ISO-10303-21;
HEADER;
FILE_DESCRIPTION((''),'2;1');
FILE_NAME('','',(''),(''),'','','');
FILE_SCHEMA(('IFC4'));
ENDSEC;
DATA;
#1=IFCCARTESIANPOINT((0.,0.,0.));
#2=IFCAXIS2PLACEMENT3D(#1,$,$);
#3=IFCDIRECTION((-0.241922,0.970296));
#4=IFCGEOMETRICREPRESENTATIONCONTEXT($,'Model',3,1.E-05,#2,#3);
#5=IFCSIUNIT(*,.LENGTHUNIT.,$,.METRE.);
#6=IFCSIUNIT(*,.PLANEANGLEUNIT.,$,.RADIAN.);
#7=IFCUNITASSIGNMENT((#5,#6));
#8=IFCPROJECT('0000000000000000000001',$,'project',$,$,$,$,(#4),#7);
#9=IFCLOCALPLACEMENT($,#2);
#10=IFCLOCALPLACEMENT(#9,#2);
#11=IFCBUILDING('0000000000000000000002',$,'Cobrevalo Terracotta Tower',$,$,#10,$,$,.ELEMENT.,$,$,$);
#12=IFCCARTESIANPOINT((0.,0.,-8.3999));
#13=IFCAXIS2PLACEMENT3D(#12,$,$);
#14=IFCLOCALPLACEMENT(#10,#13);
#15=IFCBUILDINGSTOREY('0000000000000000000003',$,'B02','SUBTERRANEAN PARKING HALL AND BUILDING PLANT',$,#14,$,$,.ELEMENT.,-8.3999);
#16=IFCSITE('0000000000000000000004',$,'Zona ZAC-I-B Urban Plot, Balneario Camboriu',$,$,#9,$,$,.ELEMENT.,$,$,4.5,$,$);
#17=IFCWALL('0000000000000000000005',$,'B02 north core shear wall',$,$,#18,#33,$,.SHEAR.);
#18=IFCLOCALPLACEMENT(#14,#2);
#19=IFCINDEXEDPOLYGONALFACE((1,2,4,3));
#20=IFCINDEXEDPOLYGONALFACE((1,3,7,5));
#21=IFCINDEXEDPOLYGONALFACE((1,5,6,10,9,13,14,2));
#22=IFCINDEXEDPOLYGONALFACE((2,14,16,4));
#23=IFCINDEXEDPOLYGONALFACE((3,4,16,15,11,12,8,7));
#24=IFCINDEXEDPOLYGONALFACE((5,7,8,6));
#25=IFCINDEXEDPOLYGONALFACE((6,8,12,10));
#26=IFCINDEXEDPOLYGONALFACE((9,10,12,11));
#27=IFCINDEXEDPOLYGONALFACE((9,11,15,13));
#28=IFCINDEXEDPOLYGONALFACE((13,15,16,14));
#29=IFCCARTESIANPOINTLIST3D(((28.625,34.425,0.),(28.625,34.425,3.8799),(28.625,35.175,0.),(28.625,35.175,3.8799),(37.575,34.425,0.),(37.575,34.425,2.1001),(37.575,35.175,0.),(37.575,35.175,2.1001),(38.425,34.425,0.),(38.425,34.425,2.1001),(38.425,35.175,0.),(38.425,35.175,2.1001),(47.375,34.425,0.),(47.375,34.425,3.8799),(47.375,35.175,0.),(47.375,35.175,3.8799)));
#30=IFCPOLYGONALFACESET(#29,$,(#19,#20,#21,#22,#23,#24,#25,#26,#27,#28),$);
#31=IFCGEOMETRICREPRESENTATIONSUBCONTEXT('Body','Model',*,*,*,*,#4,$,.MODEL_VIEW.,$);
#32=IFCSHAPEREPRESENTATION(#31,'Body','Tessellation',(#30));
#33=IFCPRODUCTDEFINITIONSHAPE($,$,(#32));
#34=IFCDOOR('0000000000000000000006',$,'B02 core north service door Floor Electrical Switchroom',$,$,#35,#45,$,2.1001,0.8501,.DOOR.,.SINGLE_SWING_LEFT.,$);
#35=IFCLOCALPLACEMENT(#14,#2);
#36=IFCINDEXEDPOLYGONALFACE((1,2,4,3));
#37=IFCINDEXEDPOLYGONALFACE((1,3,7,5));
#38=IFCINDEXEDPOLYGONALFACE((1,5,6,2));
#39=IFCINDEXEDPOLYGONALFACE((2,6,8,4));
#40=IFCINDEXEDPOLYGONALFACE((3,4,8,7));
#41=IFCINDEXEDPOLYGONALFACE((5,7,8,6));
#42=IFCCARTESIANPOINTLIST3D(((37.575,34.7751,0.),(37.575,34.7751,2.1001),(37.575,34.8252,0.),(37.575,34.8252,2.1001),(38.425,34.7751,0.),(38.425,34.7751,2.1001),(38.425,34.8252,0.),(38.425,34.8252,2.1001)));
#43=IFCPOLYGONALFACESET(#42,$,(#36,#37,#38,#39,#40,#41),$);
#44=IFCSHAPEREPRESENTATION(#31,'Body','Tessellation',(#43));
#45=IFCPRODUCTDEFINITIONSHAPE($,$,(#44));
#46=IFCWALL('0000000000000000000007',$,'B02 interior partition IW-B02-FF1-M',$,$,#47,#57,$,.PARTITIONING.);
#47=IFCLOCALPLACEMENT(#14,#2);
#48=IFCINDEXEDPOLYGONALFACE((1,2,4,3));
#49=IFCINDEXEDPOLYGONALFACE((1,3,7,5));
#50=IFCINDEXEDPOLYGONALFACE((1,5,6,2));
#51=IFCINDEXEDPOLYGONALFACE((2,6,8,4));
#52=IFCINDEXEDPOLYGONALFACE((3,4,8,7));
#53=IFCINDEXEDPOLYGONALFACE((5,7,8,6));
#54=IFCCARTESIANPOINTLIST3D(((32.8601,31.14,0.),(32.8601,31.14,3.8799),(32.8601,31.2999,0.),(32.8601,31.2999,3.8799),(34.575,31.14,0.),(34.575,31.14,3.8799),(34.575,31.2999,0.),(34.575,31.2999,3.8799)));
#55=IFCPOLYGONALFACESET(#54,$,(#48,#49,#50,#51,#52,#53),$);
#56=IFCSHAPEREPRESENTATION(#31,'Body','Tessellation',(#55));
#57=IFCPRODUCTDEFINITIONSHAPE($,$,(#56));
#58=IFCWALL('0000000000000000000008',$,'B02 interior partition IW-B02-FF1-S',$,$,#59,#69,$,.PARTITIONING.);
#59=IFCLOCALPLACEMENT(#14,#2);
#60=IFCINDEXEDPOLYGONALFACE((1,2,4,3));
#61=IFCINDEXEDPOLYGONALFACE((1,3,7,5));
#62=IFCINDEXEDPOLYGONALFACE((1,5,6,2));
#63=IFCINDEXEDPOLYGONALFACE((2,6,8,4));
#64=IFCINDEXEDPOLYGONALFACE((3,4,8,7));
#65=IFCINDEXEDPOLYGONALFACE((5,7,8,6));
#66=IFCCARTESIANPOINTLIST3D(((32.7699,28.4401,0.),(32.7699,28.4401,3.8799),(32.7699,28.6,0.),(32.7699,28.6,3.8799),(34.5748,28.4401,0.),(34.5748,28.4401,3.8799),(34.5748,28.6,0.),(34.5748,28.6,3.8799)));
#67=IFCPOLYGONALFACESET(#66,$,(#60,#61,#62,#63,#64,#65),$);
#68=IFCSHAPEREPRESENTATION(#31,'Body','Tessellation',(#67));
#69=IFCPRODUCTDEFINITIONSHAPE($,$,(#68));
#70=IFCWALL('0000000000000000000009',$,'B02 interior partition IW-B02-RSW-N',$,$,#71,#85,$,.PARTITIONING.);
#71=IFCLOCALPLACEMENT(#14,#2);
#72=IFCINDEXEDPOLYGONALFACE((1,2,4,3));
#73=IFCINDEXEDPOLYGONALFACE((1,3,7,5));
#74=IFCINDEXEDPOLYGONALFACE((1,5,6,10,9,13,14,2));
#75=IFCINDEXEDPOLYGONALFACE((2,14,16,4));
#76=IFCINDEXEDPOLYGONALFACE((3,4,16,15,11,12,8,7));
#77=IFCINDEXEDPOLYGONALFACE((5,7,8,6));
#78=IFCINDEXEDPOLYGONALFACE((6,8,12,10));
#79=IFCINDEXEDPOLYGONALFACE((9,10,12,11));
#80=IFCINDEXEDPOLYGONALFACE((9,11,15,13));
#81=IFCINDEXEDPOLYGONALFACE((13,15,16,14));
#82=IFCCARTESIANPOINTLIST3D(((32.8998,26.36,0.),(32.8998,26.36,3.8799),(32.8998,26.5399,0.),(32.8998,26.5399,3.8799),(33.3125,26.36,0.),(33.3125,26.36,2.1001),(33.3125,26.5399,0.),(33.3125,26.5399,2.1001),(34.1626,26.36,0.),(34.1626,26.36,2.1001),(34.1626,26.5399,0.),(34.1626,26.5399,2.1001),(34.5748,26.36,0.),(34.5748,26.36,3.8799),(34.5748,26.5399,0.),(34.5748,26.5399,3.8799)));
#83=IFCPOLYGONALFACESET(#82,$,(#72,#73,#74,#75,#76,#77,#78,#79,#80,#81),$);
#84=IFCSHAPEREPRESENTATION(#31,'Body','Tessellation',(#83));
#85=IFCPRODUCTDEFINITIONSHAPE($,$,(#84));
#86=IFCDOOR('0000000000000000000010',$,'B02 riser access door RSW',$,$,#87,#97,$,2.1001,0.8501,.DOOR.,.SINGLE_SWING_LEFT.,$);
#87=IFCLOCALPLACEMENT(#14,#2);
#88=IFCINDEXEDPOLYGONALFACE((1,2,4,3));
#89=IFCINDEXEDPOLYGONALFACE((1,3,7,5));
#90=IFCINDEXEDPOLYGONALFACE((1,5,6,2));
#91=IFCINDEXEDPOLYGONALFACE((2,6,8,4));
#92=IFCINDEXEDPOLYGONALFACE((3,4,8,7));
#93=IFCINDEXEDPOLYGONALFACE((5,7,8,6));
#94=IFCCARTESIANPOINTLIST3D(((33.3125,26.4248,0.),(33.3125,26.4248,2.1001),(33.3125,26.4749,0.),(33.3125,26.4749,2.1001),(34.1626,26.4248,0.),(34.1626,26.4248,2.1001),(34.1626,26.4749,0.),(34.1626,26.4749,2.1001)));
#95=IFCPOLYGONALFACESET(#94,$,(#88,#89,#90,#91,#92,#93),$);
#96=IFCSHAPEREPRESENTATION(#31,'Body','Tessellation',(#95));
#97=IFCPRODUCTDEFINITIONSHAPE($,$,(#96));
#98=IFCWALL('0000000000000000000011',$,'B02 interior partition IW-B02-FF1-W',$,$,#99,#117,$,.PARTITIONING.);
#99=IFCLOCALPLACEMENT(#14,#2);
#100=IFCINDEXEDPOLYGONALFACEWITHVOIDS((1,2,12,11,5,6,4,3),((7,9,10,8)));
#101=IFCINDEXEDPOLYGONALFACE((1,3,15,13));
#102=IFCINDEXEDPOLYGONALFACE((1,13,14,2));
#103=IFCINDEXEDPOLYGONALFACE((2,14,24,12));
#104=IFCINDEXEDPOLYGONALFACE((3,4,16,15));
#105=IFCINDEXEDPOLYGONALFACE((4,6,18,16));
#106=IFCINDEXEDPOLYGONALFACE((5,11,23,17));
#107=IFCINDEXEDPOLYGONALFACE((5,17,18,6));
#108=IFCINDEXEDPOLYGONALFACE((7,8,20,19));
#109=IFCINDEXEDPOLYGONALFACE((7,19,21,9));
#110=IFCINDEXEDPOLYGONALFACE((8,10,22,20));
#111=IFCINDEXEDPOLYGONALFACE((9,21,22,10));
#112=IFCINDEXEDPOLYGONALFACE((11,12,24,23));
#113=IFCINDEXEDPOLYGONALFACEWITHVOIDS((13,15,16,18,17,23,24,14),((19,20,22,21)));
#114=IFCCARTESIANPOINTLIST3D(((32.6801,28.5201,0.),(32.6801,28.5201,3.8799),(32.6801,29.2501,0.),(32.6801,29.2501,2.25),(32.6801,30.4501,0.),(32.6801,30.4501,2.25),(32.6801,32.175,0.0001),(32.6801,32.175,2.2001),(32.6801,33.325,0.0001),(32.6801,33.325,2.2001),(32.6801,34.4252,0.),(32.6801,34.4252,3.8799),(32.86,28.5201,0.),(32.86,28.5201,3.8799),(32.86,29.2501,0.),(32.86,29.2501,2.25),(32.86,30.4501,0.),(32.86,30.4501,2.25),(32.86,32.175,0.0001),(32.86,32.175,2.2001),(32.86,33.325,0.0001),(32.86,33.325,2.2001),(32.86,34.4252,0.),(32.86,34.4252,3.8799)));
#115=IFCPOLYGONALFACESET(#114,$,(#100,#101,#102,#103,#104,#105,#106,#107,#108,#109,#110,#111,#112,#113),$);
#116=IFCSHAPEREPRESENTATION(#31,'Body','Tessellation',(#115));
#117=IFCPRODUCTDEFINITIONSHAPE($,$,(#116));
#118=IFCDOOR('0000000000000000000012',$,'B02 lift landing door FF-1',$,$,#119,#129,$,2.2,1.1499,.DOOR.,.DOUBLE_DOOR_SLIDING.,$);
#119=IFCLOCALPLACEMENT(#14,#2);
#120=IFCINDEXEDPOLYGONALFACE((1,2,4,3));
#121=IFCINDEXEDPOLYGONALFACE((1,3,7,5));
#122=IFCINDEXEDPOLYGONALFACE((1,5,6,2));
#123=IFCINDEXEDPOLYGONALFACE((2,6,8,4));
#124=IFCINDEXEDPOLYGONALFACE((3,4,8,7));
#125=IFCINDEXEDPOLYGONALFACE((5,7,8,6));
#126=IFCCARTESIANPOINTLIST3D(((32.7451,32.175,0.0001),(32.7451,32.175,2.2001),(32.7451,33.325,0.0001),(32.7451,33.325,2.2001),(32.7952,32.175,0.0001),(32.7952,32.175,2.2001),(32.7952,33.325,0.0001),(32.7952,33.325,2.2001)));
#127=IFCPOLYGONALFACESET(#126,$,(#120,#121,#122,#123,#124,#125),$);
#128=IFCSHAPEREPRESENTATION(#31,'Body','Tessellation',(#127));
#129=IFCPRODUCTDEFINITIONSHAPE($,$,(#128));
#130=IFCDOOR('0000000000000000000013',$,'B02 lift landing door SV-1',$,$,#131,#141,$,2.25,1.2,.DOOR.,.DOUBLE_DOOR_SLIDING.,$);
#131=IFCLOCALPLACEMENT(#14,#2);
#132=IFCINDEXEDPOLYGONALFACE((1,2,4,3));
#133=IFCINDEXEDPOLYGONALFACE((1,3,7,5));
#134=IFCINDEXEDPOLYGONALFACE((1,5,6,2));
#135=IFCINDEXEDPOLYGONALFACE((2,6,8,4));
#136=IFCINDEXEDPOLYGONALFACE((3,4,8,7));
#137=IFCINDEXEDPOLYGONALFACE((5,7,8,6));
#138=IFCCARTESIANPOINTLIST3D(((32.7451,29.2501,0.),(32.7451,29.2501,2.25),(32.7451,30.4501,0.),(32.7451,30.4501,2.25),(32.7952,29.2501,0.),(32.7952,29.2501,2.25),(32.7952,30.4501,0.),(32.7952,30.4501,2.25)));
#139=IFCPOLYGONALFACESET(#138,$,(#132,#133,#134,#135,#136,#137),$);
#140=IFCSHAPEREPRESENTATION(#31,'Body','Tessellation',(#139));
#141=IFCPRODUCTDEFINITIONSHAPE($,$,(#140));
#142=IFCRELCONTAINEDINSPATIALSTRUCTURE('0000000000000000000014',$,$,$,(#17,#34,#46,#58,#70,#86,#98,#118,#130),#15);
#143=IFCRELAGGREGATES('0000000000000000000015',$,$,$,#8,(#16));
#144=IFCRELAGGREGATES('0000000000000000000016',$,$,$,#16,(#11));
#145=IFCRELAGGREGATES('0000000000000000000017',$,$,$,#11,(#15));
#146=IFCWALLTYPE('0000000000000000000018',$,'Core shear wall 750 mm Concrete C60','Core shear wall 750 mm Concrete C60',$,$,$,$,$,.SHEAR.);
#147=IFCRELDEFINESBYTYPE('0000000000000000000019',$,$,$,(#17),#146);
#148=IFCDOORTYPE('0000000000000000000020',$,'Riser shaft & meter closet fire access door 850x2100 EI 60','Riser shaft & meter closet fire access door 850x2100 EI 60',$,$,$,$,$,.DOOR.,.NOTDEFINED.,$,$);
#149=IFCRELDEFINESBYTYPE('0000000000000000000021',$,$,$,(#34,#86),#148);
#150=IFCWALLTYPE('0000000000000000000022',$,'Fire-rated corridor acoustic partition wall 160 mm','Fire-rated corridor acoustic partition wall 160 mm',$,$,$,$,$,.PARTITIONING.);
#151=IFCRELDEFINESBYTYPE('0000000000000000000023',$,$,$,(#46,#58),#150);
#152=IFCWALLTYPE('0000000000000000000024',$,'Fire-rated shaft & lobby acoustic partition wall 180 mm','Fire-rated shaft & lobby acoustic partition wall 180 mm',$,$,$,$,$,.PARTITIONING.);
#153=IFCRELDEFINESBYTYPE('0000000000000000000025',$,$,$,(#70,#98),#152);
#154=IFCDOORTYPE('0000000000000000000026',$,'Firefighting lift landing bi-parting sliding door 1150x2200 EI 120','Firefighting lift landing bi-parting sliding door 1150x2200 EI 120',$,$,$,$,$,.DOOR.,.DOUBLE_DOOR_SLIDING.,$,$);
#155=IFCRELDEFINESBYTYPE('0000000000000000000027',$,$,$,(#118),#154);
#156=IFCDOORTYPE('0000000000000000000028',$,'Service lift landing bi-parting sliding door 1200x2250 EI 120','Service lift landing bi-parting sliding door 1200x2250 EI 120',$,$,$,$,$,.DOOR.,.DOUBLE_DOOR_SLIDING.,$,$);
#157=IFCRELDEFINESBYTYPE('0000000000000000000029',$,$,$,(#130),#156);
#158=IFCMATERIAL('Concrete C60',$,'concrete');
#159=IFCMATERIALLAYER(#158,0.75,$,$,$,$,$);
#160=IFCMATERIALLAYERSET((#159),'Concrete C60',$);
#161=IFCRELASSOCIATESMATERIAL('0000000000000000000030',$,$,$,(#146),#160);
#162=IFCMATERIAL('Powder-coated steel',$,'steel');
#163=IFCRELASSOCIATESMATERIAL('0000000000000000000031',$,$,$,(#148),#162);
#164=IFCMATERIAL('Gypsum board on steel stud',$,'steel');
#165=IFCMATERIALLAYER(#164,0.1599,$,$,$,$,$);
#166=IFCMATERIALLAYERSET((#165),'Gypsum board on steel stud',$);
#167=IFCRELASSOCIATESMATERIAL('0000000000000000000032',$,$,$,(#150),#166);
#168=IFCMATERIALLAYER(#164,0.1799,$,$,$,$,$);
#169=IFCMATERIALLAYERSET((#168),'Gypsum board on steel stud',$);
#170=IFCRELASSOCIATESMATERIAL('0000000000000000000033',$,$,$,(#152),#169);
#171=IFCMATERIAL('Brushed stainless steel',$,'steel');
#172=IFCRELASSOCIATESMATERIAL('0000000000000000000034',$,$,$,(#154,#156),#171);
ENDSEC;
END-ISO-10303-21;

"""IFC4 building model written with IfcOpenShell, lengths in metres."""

from ifc_helpers import new_model, si_unit, direction, frame, frame_2d, origin, place, context, subcontext, project, spatial, rectangle, extrude, source, transform, mapped, material, layer, layer_set, type_object, element, fill, save


model = new_model("IFC4")

# Units and contexts
model_context = context("Model", 3, precision=1e-05, world=origin(), true_north=direction((-0.241922, 0.970296)))
body_context = subcontext(model_context, "Body", "Model", "MODEL_VIEW")
ifc_project = project(units=[si_unit("LENGTHUNIT", "METRE"), si_unit("PLANEANGLEUNIT", "RADIAN")], contexts=[model_context])

# Site, building, storey
site_placement = place(None, origin())
site = spatial("IfcSite", under=ifc_project, at=site_placement, Name="Zona ZAC-I-B Urban Plot, Balneario Camboriu", CompositionType="ELEMENT", RefElevation=4.5)
building_placement = place(site_placement, origin())
building = spatial("IfcBuilding", under=site, at=building_placement, Name="Cobrevalo Terracotta Tower", CompositionType="ELEMENT")
storey_placement = place(building_placement, frame((0.0, 0.0, -8.3999)))
storey = spatial("IfcBuildingStorey", under=building, at=storey_placement, Name="B02", Description="SUBTERRANEAN PARKING HALL AND BUILDING PLANT", CompositionType="ELEMENT", Elevation=-8.3999)

# Shared definitions
ifc_material_1 = material(Name="Concrete C60", Category="concrete")

# Wall, opening, door
ifc_layer_1 = layer(ifc_material_1, 0.75)
ifc_layer_set_1 = layer_set([ifc_layer_1], Name="Concrete C60")
wall_type_1 = type_object("IfcWallType", Name="Core shear wall 750 mm Concrete C60", Description="Core shear wall 750 mm Concrete C60", PredefinedType="SHEAR", material=ifc_layer_set_1)
wall_1_placement = place(storey_placement, frame((28.625, 34.8, 0.0), z_axis=(0.0, 0.0, 1.0), x_axis=(1.0, 0.0, 0.0)))
wall_1 = element("IfcWall", 1, at=wall_1_placement, inside=storey, type_object=wall_type_1, Name="B02 north core shear wall", PredefinedType="SHEAR", context=body_context, shape_type="SweptSolid", body=[
    extrude(rectangle(XDim=18.75, YDim=0.75, at=frame_2d((9.375, 0.0))), origin(), (0.0, 0.0, 1.0), 3.8799),
])
opening_1_placement = place(wall_1_placement, frame((8.95, 0.0, 0.0)))
opening_1 = element("IfcOpeningElement", 2, at=opening_1_placement, cuts=wall_1, PredefinedType="OPENING", context=body_context, shape_type="SweptSolid", body=[
    extrude(rectangle(XDim=0.8501, YDim=2.1001, at=frame_2d((0.425, 1.05))), frame((0.0, 0.385, 0.0), z_axis=(0.0, -1.0, 0.0), x_axis=(1.0, 0.0, 0.0)), (0.0, 0.0, 1.0), 0.77),
])
ifc_material_2 = material(Name="Powder-coated steel", Category="steel")
door_type_1 = type_object("IfcDoorType", Name="Riser shaft & meter closet fire access door 850x2100 EI 60", Description="Riser shaft & meter closet fire access door 850x2100 EI 60", OperationType="NOTDEFINED", PredefinedType="DOOR", material=ifc_material_2)
shared_shape_1 = source(origin(), body_context, "Body", "SweptSolid", [
    extrude(rectangle(XDim=0.8501, YDim=2.1001, at=frame_2d((0.425, 1.05))), frame((0.0, 0.0249, 0.0), z_axis=(0.0, -1.0, 0.0), x_axis=(1.0, 0.0, 0.0)), (0.0, 0.0, 1.0), 0.05),
])
door_1_placement = place(opening_1_placement, frame((0.8501, 0.0, 0.0), z_axis=(0.0, 0.0, 1.0), x_axis=(-1.0, 0.0, 0.0)))
door_1 = element("IfcDoor", 3, at=door_1_placement, inside=storey, type_object=door_type_1, Name="B02 core north service door Floor Electrical Switchroom", OperationType="SINGLE_SWING_LEFT", OverallHeight=2.1001, OverallWidth=0.8501, PredefinedType="DOOR", context=body_context, shape_type="MappedRepresentation", body=[
    mapped(shared_shape_1, transform((0.0, 0.0, 0.0), scale=1.0)),
])
fill(opening_1, door_1)

# Walls
ifc_material_3 = material(Name="Gypsum board on steel stud", Category="steel")
ifc_layer_2 = layer(ifc_material_3, 0.1599)
ifc_layer_set_2 = layer_set([ifc_layer_2], Name="Gypsum board on steel stud")
wall_type_2 = type_object("IfcWallType", Name="Fire-rated corridor acoustic partition wall 160 mm", Description="Fire-rated corridor acoustic partition wall 160 mm", PredefinedType="PARTITIONING", material=ifc_layer_set_2)
wall_2_placement = place(storey_placement, frame((32.8601, 31.22, 0.0), z_axis=(0.0, 0.0, 1.0), x_axis=(1.0, 0.0, 0.0)))
element("IfcWall", 4, at=wall_2_placement, inside=storey, type_object=wall_type_2, Name="B02 interior partition IW-B02-FF1-M", PredefinedType="PARTITIONING", context=body_context, shape_type="SweptSolid", body=[
    extrude(rectangle(XDim=1.7148, YDim=0.1599, at=frame_2d((0.8574, 0.0))), origin(), (0.0, 0.0, 1.0), 3.8799),
])
wall_3_placement = place(storey_placement, frame((32.77, 28.52, 0.0), z_axis=(0.0, 0.0, 1.0), x_axis=(1.0, 0.0, 0.0)))
element("IfcWall", 5, at=wall_3_placement, inside=storey, type_object=wall_type_2, Name="B02 interior partition IW-B02-FF1-S", PredefinedType="PARTITIONING", context=body_context, shape_type="SweptSolid", body=[
    extrude(rectangle(XDim=1.8049, YDim=0.1599, at=frame_2d((0.9023, 0.0))), origin(), (0.0, 0.0, 1.0), 3.8799),
])

# Wall, opening, door
ifc_layer_3 = layer(ifc_material_3, 0.1799)
ifc_layer_set_3 = layer_set([ifc_layer_3], Name="Gypsum board on steel stud")
wall_type_3 = type_object("IfcWallType", Name="Fire-rated shaft & lobby acoustic partition wall 180 mm", Description="Fire-rated shaft & lobby acoustic partition wall 180 mm", PredefinedType="PARTITIONING", material=ifc_layer_set_3)
wall_4_placement = place(storey_placement, frame((32.8999, 26.45, 0.0), z_axis=(0.0, 0.0, 1.0), x_axis=(1.0, 0.0, 0.0)))
wall_4 = element("IfcWall", 6, at=wall_4_placement, inside=storey, type_object=wall_type_3, Name="B02 interior partition IW-B02-RSW-N", PredefinedType="PARTITIONING", context=body_context, shape_type="SweptSolid", body=[
    extrude(rectangle(XDim=1.675, YDim=0.1799, at=frame_2d((0.8374, 0.0))), origin(), (0.0, 0.0, 1.0), 3.8799),
])
opening_2_placement = place(wall_4_placement, frame((0.4126, 0.0, 0.0)))
opening_2 = element("IfcOpeningElement", 7, at=opening_2_placement, cuts=wall_4, PredefinedType="OPENING", context=body_context, shape_type="SweptSolid", body=[
    extrude(rectangle(XDim=0.8501, YDim=2.1001, at=frame_2d((0.425, 1.05))), frame((0.0, 0.1001, 0.0), z_axis=(0.0, -1.0, 0.0), x_axis=(1.0, 0.0, 0.0)), (0.0, 0.0, 1.0), 0.2),
])
door_2_placement = place(opening_2_placement, origin())
door_2 = element("IfcDoor", 8, at=door_2_placement, inside=storey, type_object=door_type_1, Name="B02 riser access door RSW", OperationType="SINGLE_SWING_LEFT", OverallHeight=2.1001, OverallWidth=0.8501, PredefinedType="DOOR", context=body_context, shape_type="MappedRepresentation", body=[
    mapped(shared_shape_1, transform((0.0, 0.0, 0.0), scale=1.0)),
])
fill(opening_2, door_2)

# Wall, openings, doors
wall_5_placement = place(storey_placement, frame((32.77, 28.52, 0.0), z_axis=(0.0, 0.0, 1.0), x_axis=(0.0, 1.0, 0.0)))
wall_5 = element("IfcWall", 9, at=wall_5_placement, inside=storey, type_object=wall_type_3, Name="B02 interior partition IW-B02-FF1-W", PredefinedType="PARTITIONING", context=body_context, shape_type="SweptSolid", body=[
    extrude(rectangle(XDim=5.905, YDim=0.1799, at=frame_2d((2.9526, 0.0))), origin(), (0.0, 0.0, 1.0), 3.8799),
])
opening_3_placement = place(wall_5_placement, frame((3.655, 0.0, 0.0)))
opening_3 = element("IfcOpeningElement", 10, at=opening_3_placement, cuts=wall_5, PredefinedType="OPENING", context=body_context, shape_type="SweptSolid", body=[
    extrude(rectangle(XDim=1.1499, YDim=2.2, at=frame_2d((0.575, 1.1001))), frame((0.0, 0.1001, 0.0), z_axis=(0.0, -1.0, 0.0), x_axis=(1.0, 0.0, 0.0)), (0.0, 0.0, 1.0), 0.2),
])
opening_4_placement = place(wall_5_placement, frame((0.73, 0.0, 0.0)))
opening_4 = element("IfcOpeningElement", 11, at=opening_4_placement, cuts=wall_5, PredefinedType="OPENING", context=body_context, shape_type="SweptSolid", body=[
    extrude(rectangle(XDim=1.2, YDim=2.25, at=frame_2d((0.6001, 1.125))), frame((0.0, 0.1001, 0.0), z_axis=(0.0, -1.0, 0.0), x_axis=(1.0, 0.0, 0.0)), (0.0, 0.0, 1.0), 0.2),
])
ifc_material_4 = material(Name="Brushed stainless steel", Category="steel")
door_type_2 = type_object("IfcDoorType", Name="Firefighting lift landing bi-parting sliding door 1150x2200 EI 120", Description="Firefighting lift landing bi-parting sliding door 1150x2200 EI 120", OperationType="DOUBLE_DOOR_SLIDING", PredefinedType="DOOR", material=ifc_material_4)
shared_shape_2 = source(origin(), body_context, "Body", "SweptSolid", [
    extrude(rectangle(XDim=1.1499, YDim=2.2, at=frame_2d((0.575, 1.1001))), frame((0.0, 0.0249, 0.0), z_axis=(0.0, -1.0, 0.0), x_axis=(1.0, 0.0, 0.0)), (0.0, 0.0, 1.0), 0.05),
])
door_3_placement = place(opening_3_placement, origin())
door_3 = element("IfcDoor", 12, at=door_3_placement, inside=storey, type_object=door_type_2, Name="B02 lift landing door FF-1", OperationType="DOUBLE_DOOR_SLIDING", OverallHeight=2.2, OverallWidth=1.1499, PredefinedType="DOOR", context=body_context, shape_type="MappedRepresentation", body=[
    mapped(shared_shape_2, transform((0.0, 0.0, 0.0), scale=1.0)),
])
fill(opening_3, door_3)
door_type_3 = type_object("IfcDoorType", Name="Service lift landing bi-parting sliding door 1200x2250 EI 120", Description="Service lift landing bi-parting sliding door 1200x2250 EI 120", OperationType="DOUBLE_DOOR_SLIDING", PredefinedType="DOOR", material=ifc_material_4)
shared_shape_3 = source(origin(), body_context, "Body", "SweptSolid", [
    extrude(rectangle(XDim=1.2, YDim=2.25, at=frame_2d((0.6001, 1.125))), frame((0.0, 0.0249, 0.0), z_axis=(0.0, -1.0, 0.0), x_axis=(1.0, 0.0, 0.0)), (0.0, 0.0, 1.0), 0.05),
])
door_4_placement = place(opening_4_placement, origin())
door_4 = element("IfcDoor", 13, at=door_4_placement, inside=storey, type_object=door_type_3, Name="B02 lift landing door SV-1", OperationType="DOUBLE_DOOR_SLIDING", OverallHeight=2.25, OverallWidth=1.2, PredefinedType="DOOR", context=body_context, shape_type="MappedRepresentation", body=[
    mapped(shared_shape_3, transform((0.0, 0.0, 0.0), scale=1.0)),
])
fill(opening_4, door_4)

save(model, "model.ifc")
